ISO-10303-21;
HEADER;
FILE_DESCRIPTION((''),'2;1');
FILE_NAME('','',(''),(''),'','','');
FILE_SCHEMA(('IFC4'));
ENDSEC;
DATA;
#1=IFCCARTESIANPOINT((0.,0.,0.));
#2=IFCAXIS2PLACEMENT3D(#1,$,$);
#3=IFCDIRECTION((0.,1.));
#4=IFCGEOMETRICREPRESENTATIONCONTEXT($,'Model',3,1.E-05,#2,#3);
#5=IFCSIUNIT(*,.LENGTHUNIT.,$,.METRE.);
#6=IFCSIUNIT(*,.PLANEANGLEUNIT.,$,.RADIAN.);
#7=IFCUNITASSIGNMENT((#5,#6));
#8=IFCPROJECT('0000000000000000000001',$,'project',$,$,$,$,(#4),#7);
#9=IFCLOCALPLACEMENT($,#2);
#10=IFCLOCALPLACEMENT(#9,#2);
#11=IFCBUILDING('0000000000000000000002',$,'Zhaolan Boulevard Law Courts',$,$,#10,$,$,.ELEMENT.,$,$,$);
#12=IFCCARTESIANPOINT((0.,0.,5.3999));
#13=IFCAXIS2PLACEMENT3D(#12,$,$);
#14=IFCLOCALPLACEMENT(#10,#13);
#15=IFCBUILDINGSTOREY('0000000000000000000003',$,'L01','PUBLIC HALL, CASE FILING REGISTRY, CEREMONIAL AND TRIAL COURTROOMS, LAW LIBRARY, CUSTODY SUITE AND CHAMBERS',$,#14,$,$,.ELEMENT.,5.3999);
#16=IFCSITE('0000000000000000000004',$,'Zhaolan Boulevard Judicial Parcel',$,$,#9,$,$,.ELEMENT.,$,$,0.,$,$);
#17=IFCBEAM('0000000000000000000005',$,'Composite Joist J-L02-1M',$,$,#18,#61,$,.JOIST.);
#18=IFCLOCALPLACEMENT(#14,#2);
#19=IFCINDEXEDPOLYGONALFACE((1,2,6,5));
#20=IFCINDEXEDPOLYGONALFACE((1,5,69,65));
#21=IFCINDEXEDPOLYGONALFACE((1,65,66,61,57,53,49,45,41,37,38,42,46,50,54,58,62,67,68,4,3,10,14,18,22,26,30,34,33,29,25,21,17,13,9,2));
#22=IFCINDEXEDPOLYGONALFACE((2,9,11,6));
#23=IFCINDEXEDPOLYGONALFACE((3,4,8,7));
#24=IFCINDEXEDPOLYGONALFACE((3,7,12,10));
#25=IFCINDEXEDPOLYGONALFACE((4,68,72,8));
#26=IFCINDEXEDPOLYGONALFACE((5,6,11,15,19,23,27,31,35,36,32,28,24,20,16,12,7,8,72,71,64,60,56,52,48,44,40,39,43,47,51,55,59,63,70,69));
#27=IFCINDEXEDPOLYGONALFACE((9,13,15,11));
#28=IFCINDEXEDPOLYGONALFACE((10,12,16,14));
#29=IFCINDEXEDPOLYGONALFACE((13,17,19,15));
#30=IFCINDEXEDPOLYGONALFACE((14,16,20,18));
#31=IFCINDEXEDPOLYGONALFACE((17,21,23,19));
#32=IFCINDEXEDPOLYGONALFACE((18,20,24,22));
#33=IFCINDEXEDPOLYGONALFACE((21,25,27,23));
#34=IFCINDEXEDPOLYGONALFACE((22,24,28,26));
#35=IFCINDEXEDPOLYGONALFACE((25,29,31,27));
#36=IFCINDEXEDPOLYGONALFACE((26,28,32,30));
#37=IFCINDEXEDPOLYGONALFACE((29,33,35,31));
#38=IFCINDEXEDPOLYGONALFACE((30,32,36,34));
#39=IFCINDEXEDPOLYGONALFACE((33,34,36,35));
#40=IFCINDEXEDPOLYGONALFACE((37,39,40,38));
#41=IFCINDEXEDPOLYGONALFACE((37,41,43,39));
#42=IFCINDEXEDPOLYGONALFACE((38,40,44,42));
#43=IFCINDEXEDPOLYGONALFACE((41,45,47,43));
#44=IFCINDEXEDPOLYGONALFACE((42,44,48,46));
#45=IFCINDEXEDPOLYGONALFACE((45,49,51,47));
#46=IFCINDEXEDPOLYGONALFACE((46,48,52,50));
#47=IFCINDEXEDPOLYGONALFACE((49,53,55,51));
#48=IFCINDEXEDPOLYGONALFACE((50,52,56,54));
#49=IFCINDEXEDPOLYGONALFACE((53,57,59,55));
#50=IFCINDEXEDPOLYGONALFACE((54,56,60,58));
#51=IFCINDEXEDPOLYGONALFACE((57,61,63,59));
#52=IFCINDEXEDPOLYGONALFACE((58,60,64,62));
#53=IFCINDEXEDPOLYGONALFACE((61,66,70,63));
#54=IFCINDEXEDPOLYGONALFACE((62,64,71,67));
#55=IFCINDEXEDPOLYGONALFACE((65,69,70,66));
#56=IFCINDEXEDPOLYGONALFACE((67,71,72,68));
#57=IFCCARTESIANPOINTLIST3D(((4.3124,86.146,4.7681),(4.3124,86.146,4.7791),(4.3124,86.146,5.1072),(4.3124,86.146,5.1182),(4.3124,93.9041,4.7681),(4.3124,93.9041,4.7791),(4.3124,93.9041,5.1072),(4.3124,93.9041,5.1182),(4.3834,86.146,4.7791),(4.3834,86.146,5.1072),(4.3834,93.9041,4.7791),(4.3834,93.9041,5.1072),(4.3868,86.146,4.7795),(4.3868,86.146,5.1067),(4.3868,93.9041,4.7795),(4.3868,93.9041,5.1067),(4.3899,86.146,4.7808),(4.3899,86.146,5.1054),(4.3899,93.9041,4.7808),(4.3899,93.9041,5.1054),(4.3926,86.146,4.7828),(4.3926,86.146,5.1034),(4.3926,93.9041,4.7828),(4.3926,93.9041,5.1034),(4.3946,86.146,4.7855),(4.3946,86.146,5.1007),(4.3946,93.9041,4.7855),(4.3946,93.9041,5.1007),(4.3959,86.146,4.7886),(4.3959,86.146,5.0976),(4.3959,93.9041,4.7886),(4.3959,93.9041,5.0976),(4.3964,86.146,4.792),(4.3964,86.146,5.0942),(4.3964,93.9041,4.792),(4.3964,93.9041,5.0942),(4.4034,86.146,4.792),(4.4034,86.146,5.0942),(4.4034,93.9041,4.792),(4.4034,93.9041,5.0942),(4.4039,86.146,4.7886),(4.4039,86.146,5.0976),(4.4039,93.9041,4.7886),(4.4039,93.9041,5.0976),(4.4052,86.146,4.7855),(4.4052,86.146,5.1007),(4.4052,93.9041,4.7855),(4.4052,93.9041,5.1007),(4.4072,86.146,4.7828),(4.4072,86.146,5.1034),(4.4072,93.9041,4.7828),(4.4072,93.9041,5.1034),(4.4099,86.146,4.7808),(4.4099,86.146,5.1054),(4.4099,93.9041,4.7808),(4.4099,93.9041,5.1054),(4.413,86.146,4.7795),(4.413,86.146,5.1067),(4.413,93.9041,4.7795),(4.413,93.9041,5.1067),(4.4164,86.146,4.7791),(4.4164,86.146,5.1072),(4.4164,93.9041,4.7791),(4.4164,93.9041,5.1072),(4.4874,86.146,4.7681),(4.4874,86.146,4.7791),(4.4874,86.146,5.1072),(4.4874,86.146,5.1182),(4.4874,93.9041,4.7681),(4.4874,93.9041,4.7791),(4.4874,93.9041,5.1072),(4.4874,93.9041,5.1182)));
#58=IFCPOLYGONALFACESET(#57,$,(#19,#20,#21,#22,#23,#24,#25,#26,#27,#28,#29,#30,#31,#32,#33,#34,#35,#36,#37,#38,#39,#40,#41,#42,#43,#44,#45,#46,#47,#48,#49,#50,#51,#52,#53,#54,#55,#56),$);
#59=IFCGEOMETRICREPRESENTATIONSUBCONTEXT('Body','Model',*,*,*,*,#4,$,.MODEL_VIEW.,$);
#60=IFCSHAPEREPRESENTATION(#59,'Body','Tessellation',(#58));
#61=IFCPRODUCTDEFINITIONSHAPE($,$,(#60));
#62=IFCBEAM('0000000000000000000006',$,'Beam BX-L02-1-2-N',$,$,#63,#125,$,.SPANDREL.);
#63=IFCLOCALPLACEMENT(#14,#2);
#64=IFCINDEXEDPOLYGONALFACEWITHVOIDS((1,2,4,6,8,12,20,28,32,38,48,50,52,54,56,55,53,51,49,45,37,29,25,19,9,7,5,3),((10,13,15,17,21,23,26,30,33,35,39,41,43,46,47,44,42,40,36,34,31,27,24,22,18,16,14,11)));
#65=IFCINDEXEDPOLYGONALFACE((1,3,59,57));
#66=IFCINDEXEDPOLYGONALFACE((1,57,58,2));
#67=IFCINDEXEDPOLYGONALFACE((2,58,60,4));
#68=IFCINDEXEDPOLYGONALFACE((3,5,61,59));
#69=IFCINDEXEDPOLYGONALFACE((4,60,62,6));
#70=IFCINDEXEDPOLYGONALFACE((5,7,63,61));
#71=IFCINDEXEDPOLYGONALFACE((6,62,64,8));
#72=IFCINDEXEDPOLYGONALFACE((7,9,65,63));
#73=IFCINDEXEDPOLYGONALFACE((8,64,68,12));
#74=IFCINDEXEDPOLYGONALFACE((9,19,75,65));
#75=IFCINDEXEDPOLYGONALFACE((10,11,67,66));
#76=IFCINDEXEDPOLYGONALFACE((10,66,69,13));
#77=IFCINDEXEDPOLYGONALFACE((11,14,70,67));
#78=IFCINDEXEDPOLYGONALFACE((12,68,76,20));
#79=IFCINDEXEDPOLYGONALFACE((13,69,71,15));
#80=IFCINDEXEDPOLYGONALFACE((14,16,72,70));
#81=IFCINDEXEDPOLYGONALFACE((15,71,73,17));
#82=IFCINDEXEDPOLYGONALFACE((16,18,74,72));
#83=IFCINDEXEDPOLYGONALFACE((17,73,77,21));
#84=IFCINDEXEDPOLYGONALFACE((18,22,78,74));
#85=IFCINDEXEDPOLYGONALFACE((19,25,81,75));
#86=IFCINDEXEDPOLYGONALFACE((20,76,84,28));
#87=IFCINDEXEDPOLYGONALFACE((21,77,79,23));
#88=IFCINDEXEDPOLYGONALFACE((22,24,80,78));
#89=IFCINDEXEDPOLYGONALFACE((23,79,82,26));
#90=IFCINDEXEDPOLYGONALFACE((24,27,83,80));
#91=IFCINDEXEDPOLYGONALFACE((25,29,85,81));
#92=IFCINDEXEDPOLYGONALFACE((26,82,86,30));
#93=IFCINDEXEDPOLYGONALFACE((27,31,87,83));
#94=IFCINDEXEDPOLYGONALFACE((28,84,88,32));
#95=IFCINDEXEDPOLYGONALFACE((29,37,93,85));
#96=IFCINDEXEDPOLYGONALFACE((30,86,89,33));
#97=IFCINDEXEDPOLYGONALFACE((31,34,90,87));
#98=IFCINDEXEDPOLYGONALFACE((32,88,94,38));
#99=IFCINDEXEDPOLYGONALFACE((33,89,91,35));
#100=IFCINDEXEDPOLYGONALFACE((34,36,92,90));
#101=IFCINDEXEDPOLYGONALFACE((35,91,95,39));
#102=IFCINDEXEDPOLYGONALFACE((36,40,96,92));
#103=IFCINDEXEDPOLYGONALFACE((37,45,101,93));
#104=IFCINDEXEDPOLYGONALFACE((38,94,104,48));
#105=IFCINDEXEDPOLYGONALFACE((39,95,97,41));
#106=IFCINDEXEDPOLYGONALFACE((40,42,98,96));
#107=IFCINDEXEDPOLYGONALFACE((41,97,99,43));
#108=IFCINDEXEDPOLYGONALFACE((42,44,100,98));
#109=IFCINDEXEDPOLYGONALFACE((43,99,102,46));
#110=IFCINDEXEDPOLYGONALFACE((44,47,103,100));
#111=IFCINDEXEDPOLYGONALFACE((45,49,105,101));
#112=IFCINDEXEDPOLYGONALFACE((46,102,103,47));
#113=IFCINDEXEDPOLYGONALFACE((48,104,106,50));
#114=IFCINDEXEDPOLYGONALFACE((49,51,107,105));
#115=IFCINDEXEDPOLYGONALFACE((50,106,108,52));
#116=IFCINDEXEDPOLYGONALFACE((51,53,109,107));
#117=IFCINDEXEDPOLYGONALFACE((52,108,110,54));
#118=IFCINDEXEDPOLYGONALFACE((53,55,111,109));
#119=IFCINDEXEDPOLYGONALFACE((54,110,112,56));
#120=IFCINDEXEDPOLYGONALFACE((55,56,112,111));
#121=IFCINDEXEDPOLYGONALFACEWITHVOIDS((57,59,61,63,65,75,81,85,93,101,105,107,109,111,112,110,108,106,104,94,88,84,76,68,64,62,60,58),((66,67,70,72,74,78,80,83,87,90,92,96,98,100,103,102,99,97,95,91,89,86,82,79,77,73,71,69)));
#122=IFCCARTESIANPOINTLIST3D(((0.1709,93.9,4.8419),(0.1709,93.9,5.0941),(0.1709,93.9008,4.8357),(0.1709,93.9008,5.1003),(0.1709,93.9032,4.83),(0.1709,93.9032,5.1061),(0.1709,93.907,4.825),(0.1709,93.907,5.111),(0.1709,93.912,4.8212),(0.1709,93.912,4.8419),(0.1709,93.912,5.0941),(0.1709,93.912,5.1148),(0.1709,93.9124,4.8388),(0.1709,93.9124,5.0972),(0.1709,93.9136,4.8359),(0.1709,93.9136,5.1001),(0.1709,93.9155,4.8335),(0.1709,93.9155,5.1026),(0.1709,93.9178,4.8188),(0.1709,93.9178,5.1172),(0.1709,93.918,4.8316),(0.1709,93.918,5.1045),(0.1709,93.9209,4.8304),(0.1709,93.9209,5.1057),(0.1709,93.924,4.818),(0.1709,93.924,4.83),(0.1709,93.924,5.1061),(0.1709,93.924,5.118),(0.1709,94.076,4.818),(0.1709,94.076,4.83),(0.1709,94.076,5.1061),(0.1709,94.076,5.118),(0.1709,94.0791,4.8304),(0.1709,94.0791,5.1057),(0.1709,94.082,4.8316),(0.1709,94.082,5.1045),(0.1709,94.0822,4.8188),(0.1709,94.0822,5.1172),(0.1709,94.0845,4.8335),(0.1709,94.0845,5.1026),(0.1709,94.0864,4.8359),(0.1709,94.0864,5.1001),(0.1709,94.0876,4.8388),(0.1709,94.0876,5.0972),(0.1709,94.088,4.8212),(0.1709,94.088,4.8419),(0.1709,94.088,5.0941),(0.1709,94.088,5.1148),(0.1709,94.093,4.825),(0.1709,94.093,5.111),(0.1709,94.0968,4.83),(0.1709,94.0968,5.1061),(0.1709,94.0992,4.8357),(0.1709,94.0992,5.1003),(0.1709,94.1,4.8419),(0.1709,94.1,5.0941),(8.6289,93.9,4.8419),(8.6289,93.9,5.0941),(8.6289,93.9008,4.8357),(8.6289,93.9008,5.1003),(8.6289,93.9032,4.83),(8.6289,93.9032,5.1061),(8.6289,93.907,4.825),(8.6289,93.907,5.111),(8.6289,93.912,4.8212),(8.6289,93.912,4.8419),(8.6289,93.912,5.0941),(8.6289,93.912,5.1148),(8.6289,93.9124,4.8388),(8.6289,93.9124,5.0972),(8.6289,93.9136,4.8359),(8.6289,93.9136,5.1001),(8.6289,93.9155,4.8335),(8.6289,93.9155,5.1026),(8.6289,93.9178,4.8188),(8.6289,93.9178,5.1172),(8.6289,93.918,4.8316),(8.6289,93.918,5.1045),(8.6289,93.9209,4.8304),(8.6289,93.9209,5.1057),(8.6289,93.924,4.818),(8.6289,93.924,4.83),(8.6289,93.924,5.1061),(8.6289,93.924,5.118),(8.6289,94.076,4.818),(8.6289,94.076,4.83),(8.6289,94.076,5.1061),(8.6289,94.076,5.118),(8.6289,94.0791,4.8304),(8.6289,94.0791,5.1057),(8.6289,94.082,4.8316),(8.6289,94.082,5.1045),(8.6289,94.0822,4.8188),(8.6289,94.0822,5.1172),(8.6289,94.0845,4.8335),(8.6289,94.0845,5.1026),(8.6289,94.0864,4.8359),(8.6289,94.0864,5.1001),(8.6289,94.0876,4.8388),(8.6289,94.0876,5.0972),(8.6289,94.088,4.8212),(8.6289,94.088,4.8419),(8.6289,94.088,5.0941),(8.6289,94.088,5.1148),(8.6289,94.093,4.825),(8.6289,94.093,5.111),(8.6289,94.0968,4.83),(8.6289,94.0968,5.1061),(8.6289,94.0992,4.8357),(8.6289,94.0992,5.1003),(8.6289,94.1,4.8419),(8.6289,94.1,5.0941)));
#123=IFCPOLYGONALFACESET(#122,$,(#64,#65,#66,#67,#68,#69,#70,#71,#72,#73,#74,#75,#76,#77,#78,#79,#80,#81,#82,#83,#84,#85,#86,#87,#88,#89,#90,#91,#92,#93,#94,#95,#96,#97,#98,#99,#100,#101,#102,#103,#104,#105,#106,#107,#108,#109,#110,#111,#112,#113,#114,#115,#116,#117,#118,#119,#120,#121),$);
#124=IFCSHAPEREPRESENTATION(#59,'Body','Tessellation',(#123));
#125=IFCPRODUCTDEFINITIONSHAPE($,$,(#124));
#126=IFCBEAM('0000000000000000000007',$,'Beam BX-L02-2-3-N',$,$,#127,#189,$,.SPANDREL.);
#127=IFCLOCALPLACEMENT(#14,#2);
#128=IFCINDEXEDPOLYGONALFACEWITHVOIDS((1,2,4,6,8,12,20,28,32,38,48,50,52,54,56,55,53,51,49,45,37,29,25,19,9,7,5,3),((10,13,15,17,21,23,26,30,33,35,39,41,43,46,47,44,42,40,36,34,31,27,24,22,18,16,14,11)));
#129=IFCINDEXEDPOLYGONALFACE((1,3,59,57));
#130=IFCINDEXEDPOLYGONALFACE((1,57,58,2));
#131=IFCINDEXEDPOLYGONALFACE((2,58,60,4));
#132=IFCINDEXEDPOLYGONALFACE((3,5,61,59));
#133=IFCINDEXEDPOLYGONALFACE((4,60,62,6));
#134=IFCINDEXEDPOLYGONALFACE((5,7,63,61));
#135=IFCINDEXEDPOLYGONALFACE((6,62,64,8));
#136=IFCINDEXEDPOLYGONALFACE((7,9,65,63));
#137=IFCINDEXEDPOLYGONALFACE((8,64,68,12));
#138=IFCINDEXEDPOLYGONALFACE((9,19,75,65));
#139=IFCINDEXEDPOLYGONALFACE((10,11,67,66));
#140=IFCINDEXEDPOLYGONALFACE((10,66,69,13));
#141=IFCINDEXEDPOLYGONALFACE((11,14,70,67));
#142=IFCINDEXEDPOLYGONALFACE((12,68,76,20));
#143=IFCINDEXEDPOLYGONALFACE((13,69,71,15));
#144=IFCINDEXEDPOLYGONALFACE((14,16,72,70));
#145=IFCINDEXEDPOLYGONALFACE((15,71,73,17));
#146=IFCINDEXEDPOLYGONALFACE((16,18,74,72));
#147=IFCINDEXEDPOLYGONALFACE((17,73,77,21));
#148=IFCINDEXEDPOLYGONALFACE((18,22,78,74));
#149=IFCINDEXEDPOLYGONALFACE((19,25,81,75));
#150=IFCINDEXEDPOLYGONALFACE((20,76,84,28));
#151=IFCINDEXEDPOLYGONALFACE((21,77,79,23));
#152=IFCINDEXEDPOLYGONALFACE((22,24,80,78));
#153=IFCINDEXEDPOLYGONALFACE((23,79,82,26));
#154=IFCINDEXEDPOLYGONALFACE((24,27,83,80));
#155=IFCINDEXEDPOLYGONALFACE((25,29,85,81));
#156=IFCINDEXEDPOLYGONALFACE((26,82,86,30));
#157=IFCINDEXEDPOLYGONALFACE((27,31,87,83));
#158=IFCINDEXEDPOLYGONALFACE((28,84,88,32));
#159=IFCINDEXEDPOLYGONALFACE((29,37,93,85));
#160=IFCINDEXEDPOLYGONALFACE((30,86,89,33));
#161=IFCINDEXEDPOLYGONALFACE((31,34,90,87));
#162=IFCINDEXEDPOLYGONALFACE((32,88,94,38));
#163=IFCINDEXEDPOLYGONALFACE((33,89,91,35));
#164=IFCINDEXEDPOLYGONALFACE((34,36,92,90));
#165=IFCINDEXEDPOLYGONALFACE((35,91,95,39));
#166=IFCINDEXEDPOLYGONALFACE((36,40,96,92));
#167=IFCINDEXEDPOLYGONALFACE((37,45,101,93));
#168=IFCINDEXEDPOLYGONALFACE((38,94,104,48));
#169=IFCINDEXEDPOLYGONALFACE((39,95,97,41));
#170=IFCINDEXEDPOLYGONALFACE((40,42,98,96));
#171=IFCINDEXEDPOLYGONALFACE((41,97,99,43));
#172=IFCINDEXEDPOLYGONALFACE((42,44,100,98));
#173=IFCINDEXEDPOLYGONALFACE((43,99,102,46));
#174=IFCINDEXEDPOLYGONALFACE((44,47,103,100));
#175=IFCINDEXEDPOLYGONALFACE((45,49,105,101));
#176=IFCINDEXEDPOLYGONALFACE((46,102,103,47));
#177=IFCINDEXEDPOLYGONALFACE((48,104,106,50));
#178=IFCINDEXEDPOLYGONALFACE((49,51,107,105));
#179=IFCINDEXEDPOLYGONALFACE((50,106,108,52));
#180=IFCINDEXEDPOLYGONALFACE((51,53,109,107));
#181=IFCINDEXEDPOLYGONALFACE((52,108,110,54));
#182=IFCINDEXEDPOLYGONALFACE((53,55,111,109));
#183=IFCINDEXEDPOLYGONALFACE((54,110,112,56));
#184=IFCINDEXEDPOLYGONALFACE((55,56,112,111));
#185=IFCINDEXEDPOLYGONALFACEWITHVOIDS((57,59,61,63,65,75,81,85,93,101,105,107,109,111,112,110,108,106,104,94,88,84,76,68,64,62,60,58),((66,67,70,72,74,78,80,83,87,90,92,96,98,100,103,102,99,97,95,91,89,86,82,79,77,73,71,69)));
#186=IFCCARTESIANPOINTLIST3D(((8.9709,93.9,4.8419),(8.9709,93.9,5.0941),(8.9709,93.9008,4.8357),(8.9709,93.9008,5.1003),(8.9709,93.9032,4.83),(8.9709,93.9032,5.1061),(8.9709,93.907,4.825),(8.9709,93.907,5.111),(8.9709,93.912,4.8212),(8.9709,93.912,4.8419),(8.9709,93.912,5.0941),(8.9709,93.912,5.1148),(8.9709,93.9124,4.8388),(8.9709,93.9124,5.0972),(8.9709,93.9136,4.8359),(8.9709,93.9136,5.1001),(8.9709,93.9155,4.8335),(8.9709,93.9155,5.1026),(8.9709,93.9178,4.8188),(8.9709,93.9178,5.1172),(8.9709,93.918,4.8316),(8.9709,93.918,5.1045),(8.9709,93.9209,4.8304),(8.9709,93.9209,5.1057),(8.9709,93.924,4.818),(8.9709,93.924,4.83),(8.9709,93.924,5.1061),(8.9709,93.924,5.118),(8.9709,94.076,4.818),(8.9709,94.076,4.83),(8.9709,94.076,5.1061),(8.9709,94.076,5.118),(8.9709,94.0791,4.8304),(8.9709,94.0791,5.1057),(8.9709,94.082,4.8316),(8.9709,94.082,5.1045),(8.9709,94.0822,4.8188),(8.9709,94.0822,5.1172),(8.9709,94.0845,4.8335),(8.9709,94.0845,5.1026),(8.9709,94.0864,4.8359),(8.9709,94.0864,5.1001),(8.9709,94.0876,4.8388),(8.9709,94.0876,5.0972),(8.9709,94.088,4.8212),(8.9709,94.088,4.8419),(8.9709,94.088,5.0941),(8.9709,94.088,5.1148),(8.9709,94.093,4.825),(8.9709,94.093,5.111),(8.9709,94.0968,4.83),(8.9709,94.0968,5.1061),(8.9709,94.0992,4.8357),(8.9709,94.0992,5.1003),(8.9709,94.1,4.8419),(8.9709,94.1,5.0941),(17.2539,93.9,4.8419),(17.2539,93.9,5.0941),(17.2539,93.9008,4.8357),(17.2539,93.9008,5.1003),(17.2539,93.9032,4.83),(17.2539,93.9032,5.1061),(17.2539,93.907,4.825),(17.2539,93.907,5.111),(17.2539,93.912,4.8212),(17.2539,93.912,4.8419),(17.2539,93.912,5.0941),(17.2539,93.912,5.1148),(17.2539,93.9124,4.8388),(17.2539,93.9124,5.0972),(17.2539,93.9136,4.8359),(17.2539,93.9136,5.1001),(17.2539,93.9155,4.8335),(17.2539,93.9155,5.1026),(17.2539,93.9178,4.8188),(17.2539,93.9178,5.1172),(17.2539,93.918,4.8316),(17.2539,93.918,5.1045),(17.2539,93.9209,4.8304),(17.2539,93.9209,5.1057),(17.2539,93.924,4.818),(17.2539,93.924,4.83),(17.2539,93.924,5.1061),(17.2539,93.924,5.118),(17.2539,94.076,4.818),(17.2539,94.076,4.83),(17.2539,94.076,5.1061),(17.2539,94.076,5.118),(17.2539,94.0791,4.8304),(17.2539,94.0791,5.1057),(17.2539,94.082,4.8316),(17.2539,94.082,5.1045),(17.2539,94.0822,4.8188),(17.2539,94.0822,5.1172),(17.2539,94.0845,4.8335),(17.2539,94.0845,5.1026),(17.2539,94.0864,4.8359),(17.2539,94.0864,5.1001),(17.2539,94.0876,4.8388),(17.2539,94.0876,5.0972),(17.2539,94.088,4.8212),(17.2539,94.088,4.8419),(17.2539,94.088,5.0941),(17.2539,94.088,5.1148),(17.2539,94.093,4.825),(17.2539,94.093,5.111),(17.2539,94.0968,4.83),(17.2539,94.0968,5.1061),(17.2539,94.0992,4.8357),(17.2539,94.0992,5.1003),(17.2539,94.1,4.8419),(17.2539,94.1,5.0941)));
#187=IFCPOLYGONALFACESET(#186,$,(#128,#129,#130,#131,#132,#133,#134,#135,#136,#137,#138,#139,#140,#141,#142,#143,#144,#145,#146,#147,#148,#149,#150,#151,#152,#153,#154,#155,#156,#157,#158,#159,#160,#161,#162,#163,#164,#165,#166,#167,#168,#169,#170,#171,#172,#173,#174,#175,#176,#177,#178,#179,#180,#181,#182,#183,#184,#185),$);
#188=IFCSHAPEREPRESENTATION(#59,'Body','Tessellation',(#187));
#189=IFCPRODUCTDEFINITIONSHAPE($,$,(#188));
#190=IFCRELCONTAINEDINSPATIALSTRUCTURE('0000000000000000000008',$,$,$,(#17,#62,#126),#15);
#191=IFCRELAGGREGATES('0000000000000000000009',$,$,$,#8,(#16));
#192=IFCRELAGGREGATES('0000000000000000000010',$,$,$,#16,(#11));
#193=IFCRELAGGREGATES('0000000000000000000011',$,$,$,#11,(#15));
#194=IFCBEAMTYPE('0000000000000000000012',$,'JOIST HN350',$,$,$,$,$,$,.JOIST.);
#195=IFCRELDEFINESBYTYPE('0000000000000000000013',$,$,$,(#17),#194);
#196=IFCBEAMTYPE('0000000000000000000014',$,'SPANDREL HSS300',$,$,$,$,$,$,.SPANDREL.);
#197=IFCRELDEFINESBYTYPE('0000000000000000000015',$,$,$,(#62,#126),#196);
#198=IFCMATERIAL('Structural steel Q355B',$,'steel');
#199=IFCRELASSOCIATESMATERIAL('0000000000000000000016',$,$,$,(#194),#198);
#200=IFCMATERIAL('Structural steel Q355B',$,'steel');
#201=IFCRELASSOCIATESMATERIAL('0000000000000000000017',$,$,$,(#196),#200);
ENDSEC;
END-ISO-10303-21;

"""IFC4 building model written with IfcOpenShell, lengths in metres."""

from ifc_helpers import new_model, si_unit, direction, frame, origin, origin_2d, place, context, subcontext, project, spatial, hollow_rectangle, i_section, extrude, material, material_profile, profile_set, type_object, element, save


model = new_model("IFC4")

# Units and contexts
model_context = context("Model", 3, precision=1e-05, world=origin(), true_north=direction((0.0, 1.0)))
body_context = subcontext(model_context, "Body", "Model", "MODEL_VIEW")
ifc_project = project(units=[si_unit("LENGTHUNIT", "METRE"), si_unit("PLANEANGLEUNIT", "RADIAN")], contexts=[model_context])

# Site, building, storey
site_placement = place(None, origin())
site = spatial("IfcSite", under=ifc_project, at=site_placement, Name="Zhaolan Boulevard Judicial Parcel", CompositionType="ELEMENT", RefElevation=0.0)
building_placement = place(site_placement, origin())
building = spatial("IfcBuilding", under=site, at=building_placement, Name="Zhaolan Boulevard Law Courts", CompositionType="ELEMENT")
storey_placement = place(building_placement, frame((0.0, 0.0, 5.3999)))
storey = spatial("IfcBuildingStorey", under=building, at=storey_placement, Name="L01", Description="PUBLIC HALL, CASE FILING REGISTRY, CEREMONIAL AND TRIAL COURTROOMS, LAW LIBRARY, CUSTODY SUITE AND CHAMBERS", CompositionType="ELEMENT", Elevation=5.3999)

# Beams
ifc_material_1 = material(Name="Structural steel Q355B", Category="steel")
ifc_material_profile_1 = material_profile(ifc_material_1, i_section(OverallWidth=0.175, OverallDepth=0.3501, WebThickness=0.0071, FlangeThickness=0.011, FilletRadius=0.0129, at=origin_2d()), Name="HN350x175")
ifc_profile_set_1 = profile_set([ifc_material_profile_1], Name="Structural steel Q355B")
beam_type_1 = type_object("IfcBeamType", Name="JOIST HN350", PredefinedType="JOIST", material=ifc_profile_set_1)
beam_1_placement = place(storey_placement, frame((4.3999, 86.146, 4.9431), z_axis=(0.0, 1.0, 0.0), x_axis=(-1.0, 0.0, 0.0)))
element("IfcBeam", 1, at=beam_1_placement, inside=storey, type_object=beam_type_1, Name="Composite Joist J-L02-1M", PredefinedType="JOIST", context=body_context, shape_type="SweptSolid", body=[
    extrude(i_section(OverallWidth=0.175, OverallDepth=0.3501, WebThickness=0.0071, FlangeThickness=0.011, FilletRadius=0.0129, at=origin_2d()), origin(), (0.0, 0.0, 1.0), 7.7581),
])
ifc_material_2 = material(Name="Structural steel Q355B", Category="steel")
ifc_material_profile_2 = material_profile(ifc_material_2, hollow_rectangle(XDim=0.2, YDim=0.3, WallThickness=0.012, InnerFilletRadius=0.012, OuterFilletRadius=0.0239, at=origin_2d()), Name="HSS300x200x12")
ifc_profile_set_2 = profile_set([ifc_material_profile_2], Name="Structural steel Q355B")
beam_type_2 = type_object("IfcBeamType", Name="SPANDREL HSS300", PredefinedType="SPANDREL", material=ifc_profile_set_2)
beam_2_placement = place(storey_placement, frame((0.1709, 94.0, 4.968), z_axis=(1.0, 0.0, 0.0), x_axis=(0.0, 1.0, 0.0)))
element("IfcBeam", 2, at=beam_2_placement, inside=storey, type_object=beam_type_2, Name="Beam BX-L02-1-2-N", PredefinedType="SPANDREL", context=body_context, shape_type="SweptSolid", body=[
    extrude(hollow_rectangle(XDim=0.2, YDim=0.3, WallThickness=0.012, InnerFilletRadius=0.012, OuterFilletRadius=0.0239, at=origin_2d()), origin(), (0.0, 0.0, 1.0), 8.458),
])
beam_3_placement = place(storey_placement, frame((8.9709, 94.0, 4.968), z_axis=(1.0, 0.0, 0.0), x_axis=(0.0, 1.0, 0.0)))
element("IfcBeam", 3, at=beam_3_placement, inside=storey, type_object=beam_type_2, Name="Beam BX-L02-2-3-N", PredefinedType="SPANDREL", context=body_context, shape_type="SweptSolid", body=[
    extrude(hollow_rectangle(XDim=0.2, YDim=0.3, WallThickness=0.012, InnerFilletRadius=0.012, OuterFilletRadius=0.0239, at=origin_2d()), origin(), (0.0, 0.0, 1.0), 8.283),
])

save(model, "model.ifc")
